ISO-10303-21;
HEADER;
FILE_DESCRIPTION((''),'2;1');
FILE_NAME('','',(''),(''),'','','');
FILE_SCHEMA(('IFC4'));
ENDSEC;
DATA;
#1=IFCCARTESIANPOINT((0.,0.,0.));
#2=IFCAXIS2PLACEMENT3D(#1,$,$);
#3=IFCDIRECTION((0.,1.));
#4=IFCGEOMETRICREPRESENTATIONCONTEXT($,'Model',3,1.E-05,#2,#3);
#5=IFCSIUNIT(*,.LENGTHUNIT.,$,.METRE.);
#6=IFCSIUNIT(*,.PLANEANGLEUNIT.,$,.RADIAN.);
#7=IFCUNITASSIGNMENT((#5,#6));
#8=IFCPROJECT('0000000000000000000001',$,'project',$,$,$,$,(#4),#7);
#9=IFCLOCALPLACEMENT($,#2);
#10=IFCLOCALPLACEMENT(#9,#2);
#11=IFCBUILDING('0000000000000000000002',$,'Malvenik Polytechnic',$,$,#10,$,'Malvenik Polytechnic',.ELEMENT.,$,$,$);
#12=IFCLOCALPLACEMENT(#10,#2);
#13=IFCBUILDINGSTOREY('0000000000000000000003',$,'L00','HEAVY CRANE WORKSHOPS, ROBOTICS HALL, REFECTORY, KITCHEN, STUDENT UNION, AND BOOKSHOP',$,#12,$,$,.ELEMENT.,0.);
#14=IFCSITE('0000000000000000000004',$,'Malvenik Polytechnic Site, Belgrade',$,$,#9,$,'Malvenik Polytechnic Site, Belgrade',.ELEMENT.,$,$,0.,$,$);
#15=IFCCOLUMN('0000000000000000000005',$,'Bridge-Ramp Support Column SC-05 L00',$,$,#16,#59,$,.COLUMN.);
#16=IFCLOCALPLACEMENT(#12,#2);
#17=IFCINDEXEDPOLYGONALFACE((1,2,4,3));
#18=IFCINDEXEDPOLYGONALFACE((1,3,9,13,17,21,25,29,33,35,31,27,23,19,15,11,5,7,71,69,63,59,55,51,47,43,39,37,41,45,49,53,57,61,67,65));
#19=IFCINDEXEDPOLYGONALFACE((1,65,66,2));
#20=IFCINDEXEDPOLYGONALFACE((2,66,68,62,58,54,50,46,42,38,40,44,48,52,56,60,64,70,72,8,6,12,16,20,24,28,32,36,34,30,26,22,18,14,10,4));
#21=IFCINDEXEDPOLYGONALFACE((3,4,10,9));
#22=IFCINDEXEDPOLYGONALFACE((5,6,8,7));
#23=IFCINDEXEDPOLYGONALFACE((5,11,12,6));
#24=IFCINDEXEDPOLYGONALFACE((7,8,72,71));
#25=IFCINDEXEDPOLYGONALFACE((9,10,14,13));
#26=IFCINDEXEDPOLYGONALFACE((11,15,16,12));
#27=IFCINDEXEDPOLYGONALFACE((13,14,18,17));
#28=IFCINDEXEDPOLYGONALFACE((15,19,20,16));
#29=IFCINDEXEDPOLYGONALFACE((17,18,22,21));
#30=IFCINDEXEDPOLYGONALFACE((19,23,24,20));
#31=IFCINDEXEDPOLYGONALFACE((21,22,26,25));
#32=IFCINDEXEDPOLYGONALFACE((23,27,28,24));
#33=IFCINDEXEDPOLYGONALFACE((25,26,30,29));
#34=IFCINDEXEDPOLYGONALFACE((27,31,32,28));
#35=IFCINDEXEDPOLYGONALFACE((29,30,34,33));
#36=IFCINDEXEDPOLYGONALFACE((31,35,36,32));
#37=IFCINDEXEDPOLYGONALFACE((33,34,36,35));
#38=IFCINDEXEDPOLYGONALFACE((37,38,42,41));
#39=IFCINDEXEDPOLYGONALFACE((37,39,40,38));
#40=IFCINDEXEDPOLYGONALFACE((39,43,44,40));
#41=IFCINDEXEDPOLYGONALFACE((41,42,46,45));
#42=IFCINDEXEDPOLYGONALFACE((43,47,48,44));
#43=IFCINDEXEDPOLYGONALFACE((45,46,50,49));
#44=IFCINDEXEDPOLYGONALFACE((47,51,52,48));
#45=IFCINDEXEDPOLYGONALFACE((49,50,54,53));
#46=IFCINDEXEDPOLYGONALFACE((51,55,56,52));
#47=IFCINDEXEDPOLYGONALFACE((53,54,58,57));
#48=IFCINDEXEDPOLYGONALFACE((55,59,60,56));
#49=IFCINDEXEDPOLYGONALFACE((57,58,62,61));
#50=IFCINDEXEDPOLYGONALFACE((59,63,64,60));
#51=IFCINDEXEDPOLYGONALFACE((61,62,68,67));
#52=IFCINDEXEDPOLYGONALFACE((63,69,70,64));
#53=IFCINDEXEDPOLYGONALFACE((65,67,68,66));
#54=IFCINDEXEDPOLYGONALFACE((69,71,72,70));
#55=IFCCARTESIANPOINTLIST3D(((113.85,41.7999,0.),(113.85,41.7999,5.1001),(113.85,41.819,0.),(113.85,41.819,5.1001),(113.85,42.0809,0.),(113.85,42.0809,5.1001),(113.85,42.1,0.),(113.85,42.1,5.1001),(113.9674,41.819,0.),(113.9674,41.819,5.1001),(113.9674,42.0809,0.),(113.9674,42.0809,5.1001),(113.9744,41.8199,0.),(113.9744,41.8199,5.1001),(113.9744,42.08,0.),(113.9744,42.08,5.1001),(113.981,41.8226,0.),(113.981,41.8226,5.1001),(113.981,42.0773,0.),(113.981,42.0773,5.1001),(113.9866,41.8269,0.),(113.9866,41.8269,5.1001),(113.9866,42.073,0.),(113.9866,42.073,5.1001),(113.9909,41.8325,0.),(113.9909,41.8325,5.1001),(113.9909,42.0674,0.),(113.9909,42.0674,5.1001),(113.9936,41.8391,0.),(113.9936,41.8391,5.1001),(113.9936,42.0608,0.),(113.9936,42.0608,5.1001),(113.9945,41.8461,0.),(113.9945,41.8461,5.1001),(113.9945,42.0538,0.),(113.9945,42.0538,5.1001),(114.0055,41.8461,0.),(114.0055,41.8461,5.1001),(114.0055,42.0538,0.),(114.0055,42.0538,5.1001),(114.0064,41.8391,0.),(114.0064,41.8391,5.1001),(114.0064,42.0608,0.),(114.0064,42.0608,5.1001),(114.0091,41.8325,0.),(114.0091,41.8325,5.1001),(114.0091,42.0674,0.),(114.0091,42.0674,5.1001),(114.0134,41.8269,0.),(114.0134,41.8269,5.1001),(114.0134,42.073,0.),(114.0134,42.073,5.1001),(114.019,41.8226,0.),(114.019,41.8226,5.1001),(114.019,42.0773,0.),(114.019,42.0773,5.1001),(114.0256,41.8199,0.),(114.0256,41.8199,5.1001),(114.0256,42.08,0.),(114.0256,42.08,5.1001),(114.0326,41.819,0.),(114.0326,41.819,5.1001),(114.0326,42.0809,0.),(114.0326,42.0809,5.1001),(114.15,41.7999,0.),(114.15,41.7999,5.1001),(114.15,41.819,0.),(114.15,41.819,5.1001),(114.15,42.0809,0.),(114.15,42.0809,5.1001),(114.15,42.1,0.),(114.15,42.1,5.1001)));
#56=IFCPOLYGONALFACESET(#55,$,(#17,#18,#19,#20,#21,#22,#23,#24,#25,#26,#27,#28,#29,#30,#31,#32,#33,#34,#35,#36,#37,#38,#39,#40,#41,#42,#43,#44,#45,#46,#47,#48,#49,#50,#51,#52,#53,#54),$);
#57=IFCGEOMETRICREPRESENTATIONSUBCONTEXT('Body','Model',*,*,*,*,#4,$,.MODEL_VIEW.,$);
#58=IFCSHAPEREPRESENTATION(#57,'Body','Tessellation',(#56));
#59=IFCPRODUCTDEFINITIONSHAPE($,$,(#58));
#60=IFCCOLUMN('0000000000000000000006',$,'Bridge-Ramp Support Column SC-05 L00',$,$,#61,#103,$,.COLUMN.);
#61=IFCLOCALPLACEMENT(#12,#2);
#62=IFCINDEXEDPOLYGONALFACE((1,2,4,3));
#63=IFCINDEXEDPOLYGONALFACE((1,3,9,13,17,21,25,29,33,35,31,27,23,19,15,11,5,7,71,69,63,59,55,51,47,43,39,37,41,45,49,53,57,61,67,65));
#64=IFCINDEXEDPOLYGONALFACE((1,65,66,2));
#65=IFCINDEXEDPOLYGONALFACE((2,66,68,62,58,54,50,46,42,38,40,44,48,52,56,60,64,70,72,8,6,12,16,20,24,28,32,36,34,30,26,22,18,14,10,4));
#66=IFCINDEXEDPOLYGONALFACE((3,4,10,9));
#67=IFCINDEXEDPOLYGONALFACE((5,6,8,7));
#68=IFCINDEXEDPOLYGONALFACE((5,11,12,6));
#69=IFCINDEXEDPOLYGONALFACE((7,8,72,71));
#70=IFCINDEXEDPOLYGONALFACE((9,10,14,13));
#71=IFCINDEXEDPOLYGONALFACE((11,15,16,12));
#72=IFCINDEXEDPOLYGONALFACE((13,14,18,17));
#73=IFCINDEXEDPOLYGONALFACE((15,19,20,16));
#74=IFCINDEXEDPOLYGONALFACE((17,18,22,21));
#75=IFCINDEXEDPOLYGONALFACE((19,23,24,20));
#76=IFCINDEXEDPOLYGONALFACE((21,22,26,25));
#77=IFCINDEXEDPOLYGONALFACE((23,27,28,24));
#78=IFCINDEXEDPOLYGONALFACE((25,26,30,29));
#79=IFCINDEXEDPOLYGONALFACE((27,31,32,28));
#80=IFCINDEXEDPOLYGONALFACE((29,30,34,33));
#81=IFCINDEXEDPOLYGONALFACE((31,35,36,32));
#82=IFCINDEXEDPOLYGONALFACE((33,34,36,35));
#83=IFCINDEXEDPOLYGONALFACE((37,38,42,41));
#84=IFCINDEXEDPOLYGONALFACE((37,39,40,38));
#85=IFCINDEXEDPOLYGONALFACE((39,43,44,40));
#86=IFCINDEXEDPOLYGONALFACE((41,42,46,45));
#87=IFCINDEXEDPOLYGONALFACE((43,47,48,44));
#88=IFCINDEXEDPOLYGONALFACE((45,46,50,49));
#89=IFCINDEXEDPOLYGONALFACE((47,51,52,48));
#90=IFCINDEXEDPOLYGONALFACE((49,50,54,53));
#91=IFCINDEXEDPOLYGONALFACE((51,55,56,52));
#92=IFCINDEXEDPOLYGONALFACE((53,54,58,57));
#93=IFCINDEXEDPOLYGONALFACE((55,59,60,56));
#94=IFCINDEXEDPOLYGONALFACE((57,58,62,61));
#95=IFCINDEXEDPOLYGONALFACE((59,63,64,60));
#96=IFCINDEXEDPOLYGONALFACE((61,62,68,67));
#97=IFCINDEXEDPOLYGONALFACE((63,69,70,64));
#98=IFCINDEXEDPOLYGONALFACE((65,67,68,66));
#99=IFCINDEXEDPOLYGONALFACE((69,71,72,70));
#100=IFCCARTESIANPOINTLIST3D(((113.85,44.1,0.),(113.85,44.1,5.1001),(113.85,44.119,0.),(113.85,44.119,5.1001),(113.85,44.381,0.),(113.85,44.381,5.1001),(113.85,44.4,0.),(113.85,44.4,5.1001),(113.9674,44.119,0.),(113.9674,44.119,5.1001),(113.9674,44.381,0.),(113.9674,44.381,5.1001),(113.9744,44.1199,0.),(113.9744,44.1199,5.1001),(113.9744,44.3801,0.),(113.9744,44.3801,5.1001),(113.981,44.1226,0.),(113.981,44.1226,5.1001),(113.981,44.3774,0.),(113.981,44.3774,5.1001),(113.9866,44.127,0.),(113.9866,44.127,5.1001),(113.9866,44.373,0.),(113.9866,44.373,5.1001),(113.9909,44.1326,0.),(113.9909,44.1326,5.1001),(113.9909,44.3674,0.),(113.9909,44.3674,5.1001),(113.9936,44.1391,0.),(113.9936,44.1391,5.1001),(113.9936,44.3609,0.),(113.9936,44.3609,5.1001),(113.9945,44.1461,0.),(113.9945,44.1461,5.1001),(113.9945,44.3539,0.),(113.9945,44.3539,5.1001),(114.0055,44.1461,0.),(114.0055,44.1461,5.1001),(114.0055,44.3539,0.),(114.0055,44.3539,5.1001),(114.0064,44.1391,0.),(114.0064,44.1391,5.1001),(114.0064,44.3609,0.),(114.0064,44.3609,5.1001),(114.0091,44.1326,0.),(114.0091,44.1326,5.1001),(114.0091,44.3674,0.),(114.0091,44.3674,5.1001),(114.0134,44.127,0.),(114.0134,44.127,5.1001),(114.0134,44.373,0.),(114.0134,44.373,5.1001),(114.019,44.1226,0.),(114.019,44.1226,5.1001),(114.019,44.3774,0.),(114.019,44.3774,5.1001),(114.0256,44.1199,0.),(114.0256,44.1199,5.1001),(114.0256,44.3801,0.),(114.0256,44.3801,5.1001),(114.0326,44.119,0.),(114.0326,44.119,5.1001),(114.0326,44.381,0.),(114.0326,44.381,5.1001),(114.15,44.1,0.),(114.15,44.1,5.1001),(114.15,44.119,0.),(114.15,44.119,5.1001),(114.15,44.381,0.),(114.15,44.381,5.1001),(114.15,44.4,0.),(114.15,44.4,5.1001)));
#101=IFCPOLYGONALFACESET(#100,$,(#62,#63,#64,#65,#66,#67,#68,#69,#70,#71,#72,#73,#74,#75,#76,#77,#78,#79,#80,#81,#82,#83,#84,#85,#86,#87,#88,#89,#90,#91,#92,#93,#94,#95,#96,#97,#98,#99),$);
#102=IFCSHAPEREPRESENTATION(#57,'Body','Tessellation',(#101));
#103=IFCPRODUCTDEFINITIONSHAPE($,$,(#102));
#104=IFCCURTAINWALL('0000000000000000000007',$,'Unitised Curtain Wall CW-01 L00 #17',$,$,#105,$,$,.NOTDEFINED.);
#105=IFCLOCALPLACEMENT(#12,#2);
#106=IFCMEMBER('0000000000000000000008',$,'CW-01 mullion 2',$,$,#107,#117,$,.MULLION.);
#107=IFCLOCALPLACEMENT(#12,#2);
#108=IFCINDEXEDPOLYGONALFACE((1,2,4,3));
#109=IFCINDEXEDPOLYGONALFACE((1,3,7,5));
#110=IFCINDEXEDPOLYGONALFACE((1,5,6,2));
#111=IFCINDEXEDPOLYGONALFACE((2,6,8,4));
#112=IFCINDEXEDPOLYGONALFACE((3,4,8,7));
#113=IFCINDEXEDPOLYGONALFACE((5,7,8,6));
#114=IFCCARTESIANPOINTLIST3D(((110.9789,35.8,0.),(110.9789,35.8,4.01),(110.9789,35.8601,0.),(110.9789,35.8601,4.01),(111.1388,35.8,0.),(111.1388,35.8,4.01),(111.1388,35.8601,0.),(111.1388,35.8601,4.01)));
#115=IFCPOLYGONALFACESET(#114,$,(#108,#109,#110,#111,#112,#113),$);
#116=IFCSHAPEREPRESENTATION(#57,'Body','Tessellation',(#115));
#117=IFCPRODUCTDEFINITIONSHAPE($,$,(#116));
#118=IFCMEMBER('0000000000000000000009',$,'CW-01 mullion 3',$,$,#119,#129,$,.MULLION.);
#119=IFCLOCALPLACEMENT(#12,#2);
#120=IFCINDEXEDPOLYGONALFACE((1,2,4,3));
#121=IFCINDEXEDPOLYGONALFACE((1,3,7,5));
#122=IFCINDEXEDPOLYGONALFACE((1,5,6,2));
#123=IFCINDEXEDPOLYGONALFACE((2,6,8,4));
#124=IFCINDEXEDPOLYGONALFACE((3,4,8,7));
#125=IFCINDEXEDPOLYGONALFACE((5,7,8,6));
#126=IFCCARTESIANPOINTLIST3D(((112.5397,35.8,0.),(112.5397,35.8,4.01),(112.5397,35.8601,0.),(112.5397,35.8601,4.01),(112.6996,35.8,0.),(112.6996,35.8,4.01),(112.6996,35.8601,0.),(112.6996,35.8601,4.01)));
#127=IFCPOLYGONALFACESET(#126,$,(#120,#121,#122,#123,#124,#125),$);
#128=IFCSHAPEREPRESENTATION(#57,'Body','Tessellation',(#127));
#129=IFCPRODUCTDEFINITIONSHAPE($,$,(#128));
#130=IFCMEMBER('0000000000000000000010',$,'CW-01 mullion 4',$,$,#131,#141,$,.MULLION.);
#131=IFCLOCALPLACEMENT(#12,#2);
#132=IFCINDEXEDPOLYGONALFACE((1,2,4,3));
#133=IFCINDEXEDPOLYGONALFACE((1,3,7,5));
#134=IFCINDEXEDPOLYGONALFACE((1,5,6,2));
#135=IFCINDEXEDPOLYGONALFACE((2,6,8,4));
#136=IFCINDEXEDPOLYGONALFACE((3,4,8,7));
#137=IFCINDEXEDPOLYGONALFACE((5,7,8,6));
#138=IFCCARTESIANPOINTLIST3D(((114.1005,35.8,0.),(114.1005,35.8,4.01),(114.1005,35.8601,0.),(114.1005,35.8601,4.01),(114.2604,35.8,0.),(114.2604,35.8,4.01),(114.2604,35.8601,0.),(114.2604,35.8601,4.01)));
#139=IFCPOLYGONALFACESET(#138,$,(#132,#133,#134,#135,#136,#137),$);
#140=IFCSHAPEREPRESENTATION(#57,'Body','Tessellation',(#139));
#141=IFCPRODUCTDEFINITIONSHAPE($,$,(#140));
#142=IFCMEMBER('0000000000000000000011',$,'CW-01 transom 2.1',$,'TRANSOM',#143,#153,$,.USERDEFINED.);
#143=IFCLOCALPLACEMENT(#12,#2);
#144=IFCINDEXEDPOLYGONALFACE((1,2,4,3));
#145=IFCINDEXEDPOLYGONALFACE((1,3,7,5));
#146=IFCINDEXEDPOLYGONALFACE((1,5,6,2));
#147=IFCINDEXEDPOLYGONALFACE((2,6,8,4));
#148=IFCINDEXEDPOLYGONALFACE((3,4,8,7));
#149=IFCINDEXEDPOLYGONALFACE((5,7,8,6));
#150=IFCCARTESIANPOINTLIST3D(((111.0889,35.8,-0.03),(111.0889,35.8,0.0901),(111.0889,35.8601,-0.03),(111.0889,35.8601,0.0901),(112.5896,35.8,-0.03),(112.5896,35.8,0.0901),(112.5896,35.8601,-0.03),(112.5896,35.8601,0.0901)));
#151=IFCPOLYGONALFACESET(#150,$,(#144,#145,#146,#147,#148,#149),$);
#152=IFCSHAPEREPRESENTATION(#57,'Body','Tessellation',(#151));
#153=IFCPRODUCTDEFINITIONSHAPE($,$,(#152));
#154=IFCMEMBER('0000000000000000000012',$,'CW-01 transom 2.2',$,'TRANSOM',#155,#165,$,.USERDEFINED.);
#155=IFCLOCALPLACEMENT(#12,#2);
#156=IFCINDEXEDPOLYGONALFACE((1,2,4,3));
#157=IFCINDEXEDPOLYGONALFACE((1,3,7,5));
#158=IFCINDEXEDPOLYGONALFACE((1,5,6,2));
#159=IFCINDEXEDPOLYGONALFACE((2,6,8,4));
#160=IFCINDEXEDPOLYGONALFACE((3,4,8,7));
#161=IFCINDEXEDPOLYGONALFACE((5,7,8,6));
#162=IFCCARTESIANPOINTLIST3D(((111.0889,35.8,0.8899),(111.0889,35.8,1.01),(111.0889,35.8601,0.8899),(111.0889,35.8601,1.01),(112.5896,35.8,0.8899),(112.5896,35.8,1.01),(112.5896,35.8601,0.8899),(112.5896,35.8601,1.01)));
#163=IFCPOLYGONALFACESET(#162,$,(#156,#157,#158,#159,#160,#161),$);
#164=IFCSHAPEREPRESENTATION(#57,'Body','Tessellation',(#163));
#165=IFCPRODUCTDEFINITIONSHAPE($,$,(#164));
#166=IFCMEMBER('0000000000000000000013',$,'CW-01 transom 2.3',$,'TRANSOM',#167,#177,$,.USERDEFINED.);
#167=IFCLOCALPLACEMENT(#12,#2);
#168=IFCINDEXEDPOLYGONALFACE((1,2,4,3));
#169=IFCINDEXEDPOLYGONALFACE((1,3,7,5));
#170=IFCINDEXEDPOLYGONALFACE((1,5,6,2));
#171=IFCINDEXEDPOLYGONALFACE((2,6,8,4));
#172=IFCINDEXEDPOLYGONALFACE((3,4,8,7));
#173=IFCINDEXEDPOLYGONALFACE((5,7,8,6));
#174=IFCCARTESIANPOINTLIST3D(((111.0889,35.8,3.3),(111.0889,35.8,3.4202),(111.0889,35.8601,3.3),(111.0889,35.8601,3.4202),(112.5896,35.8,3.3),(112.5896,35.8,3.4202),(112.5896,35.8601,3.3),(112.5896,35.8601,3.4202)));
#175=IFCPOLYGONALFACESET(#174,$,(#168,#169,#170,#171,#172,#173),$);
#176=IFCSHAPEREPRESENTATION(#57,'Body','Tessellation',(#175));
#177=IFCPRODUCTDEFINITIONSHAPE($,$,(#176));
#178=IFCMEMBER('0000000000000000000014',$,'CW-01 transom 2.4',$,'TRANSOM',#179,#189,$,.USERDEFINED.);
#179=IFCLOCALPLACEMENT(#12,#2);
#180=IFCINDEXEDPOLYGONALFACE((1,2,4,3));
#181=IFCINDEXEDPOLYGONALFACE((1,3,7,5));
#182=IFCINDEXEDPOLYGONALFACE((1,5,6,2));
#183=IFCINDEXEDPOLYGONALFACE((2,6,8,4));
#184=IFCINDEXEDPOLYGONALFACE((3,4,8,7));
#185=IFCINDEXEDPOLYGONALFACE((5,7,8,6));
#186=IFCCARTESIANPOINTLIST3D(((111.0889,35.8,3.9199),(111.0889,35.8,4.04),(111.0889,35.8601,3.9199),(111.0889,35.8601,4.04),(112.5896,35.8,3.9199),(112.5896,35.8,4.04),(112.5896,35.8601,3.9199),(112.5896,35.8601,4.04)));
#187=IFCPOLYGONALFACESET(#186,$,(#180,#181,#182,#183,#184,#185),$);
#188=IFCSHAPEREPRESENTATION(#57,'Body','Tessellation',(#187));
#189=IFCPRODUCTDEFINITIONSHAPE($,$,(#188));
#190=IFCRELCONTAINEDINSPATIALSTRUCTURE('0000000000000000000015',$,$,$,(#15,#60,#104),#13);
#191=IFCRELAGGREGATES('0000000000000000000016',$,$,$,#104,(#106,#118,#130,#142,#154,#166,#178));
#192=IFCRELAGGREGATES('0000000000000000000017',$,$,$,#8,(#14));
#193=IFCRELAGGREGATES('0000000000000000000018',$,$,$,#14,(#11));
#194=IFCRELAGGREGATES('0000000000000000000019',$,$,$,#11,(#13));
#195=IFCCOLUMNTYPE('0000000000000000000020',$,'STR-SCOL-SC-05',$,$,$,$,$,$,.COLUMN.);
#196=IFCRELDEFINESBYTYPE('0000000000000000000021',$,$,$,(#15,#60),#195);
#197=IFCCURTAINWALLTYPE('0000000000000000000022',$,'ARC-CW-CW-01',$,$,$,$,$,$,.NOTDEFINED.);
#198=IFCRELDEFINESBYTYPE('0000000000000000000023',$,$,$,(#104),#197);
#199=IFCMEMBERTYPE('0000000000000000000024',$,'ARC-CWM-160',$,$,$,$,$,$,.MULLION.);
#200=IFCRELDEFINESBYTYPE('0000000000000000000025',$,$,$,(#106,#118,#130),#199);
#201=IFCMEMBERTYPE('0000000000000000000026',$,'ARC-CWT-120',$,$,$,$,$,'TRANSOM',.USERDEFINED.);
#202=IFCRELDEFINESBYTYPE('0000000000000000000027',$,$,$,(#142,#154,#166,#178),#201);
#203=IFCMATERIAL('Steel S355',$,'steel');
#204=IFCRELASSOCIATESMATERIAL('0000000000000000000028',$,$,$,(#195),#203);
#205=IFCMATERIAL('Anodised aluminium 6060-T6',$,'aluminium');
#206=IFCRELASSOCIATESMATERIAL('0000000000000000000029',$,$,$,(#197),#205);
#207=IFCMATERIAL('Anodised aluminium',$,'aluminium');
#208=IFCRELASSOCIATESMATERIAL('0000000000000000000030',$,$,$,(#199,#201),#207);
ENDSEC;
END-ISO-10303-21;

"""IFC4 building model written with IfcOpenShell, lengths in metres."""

from ifc_helpers import new_model, si_unit, direction, frame, origin, origin_2d, place, context, subcontext, project, spatial, rectangle, i_section, extrude, material, material_profile, profile_set, type_object, element, aggregate, save


model = new_model("IFC4")

# Units and contexts
model_context = context("Model", 3, precision=1e-05, world=origin(), true_north=direction((0.0, 1.0)))
body_context = subcontext(model_context, "Body", "Model", "MODEL_VIEW")
ifc_project = project(units=[si_unit("LENGTHUNIT", "METRE"), si_unit("PLANEANGLEUNIT", "RADIAN")], contexts=[model_context])

# Site, building, storey
site_placement = place(None, origin())
site = spatial("IfcSite", under=ifc_project, at=site_placement, Name="Malvenik Polytechnic Site, Belgrade", LongName="Malvenik Polytechnic Site, Belgrade", CompositionType="ELEMENT", RefElevation=0.0)
building_placement = place(site_placement, origin())
building = spatial("IfcBuilding", under=site, at=building_placement, Name="Malvenik Polytechnic", LongName="Malvenik Polytechnic", CompositionType="ELEMENT")
storey_placement = place(building_placement, origin())
storey = spatial("IfcBuildingStorey", under=building, at=storey_placement, Name="L00", Description="HEAVY CRANE WORKSHOPS, ROBOTICS HALL, REFECTORY, KITCHEN, STUDENT UNION, AND BOOKSHOP", CompositionType="ELEMENT", Elevation=0.0)

# Columns
ifc_material_1 = material(Name="Steel S355", Category="steel")
ifc_material_profile_1 = material_profile(ifc_material_1, i_section(OverallWidth=0.3, OverallDepth=0.3, WebThickness=0.011, FlangeThickness=0.019, FilletRadius=0.0271, at=origin_2d()), Name="HEB 300")
ifc_profile_set_1 = profile_set([ifc_material_profile_1], Name="Steel S355")
column_type_1 = type_object("IfcColumnType", Name="STR-SCOL-SC-05", PredefinedType="COLUMN", material=ifc_profile_set_1)
for number, where, z_axis, x_axis, name in (
    (1, (114.0, 41.95, 0.0), (0.0, 0.0, 1.0), (1.0, 0.0, 0.0), "Bridge-Ramp Support Column SC-05 L00"),
    (2, (114.0, 44.25, 0.0), (0.0, 0.0, 1.0), (1.0, 0.0, 0.0), "Bridge-Ramp Support Column SC-05 L00"),
):
    element("IfcColumn", number, at=place(storey_placement, frame(where, z_axis=z_axis, x_axis=x_axis)), inside=storey, type_object=column_type_1, Name=name, PredefinedType="COLUMN", context=body_context, shape_type="SweptSolid", body=[
        extrude(i_section(OverallWidth=0.3, OverallDepth=0.3, WebThickness=0.011, FlangeThickness=0.019, FilletRadius=0.0271, at=origin_2d()), origin(), (0.0, 0.0, 1.0), 5.1001),
    ])

# Curtain wall, members
ifc_material_2 = material(Name="Anodised aluminium 6060-T6", Category="aluminium")
curtain_wall_type = type_object("IfcCurtainWallType", Name="ARC-CW-CW-01", PredefinedType="NOTDEFINED", material=ifc_material_2)
curtain_wall_placement = place(storey_placement, origin())
curtain_wall = element("IfcCurtainWall", 3, at=curtain_wall_placement, inside=storey, type_object=curtain_wall_type, Name="Unitised Curtain Wall CW-01 L00 #17", PredefinedType="NOTDEFINED")
ifc_material_3 = material(Name="Anodised aluminium", Category="aluminium")
ifc_material_profile_2 = material_profile(ifc_material_3, rectangle(XDim=0.0601, YDim=0.1599, at=origin_2d()), Name="ALU MULLION 60x160")
ifc_profile_set_2 = profile_set([ifc_material_profile_2], Name="Anodised aluminium")
member_type_1 = type_object("IfcMemberType", Name="ARC-CWM-160", PredefinedType="MULLION", material=ifc_profile_set_2)
member_1_placement = place(storey_placement, frame((111.0588, 35.8301, 0.0), z_axis=(0.0, 0.0, 1.0), x_axis=(0.0, 1.0, 0.0)))
member_1 = element("IfcMember", 4, at=member_1_placement, type_object=member_type_1, Name="CW-01 mullion 2", PredefinedType="MULLION", context=body_context, shape_type="SweptSolid", body=[
    extrude(rectangle(XDim=0.0601, YDim=0.1599, at=origin_2d()), origin(), (0.0, 0.0, 1.0), 4.01),
])
member_2_placement = place(storey_placement, frame((112.6196, 35.8301, 0.0), z_axis=(0.0, 0.0, 1.0), x_axis=(0.0, 1.0, 0.0)))
member_2 = element("IfcMember", 5, at=member_2_placement, type_object=member_type_1, Name="CW-01 mullion 3", PredefinedType="MULLION", context=body_context, shape_type="SweptSolid", body=[
    extrude(rectangle(XDim=0.0601, YDim=0.1599, at=origin_2d()), origin(), (0.0, 0.0, 1.0), 4.01),
])
member_3_placement = place(storey_placement, frame((114.1804, 35.8301, 0.0), z_axis=(0.0, 0.0, 1.0), x_axis=(0.0, 1.0, 0.0)))
member_3 = element("IfcMember", 6, at=member_3_placement, type_object=member_type_1, Name="CW-01 mullion 4", PredefinedType="MULLION", context=body_context, shape_type="SweptSolid", body=[
    extrude(rectangle(XDim=0.0601, YDim=0.1599, at=origin_2d()), origin(), (0.0, 0.0, 1.0), 4.01),
])
ifc_material_profile_3 = material_profile(ifc_material_3, rectangle(XDim=0.0601, YDim=0.1201, at=origin_2d()), Name="ALU TRANSOM 60x120")
ifc_profile_set_3 = profile_set([ifc_material_profile_3], Name="Anodised aluminium")
member_type_2 = type_object("IfcMemberType", Name="ARC-CWT-120", ElementType="TRANSOM", PredefinedType="USERDEFINED", material=ifc_profile_set_3)
member_4_placement = place(storey_placement, frame((111.0889, 35.8301, 0.03), z_axis=(1.0, 0.0, 0.0), x_axis=(0.0, 1.0, 0.0)))
member_4 = element("IfcMember", 7, at=member_4_placement, type_object=member_type_2, Name="CW-01 transom 2.1", ObjectType="TRANSOM", PredefinedType="USERDEFINED", context=body_context, shape_type="SweptSolid", body=[
    extrude(rectangle(XDim=0.0601, YDim=0.1201, at=origin_2d()), origin(), (0.0, 0.0, 1.0), 1.5007),
])
member_5_placement = place(storey_placement, frame((111.0889, 35.8301, 0.95), z_axis=(1.0, 0.0, 0.0), x_axis=(0.0, 1.0, 0.0)))
member_5 = element("IfcMember", 8, at=member_5_placement, type_object=member_type_2, Name="CW-01 transom 2.2", ObjectType="TRANSOM", PredefinedType="USERDEFINED", context=body_context, shape_type="SweptSolid", body=[
    extrude(rectangle(XDim=0.0601, YDim=0.1201, at=origin_2d()), origin(), (0.0, 0.0, 1.0), 1.5007),
])
member_6_placement = place(storey_placement, frame((111.0889, 35.8301, 3.3601), z_axis=(1.0, 0.0, 0.0), x_axis=(0.0, 1.0, 0.0)))
member_6 = element("IfcMember", 9, at=member_6_placement, type_object=member_type_2, Name="CW-01 transom 2.3", ObjectType="TRANSOM", PredefinedType="USERDEFINED", context=body_context, shape_type="SweptSolid", body=[
    extrude(rectangle(XDim=0.0601, YDim=0.1201, at=origin_2d()), origin(), (0.0, 0.0, 1.0), 1.5007),
])
member_7_placement = place(storey_placement, frame((111.0889, 35.8301, 3.98), z_axis=(1.0, 0.0, 0.0), x_axis=(0.0, 1.0, 0.0)))
member_7 = element("IfcMember", 10, at=member_7_placement, type_object=member_type_2, Name="CW-01 transom 2.4", ObjectType="TRANSOM", PredefinedType="USERDEFINED", context=body_context, shape_type="SweptSolid", body=[
    extrude(rectangle(XDim=0.0601, YDim=0.1201, at=origin_2d()), origin(), (0.0, 0.0, 1.0), 1.5007),
])

aggregate(curtain_wall, [member_1, member_2, member_3, member_4, member_5, member_6, member_7])

save(model, "model.ifc")
